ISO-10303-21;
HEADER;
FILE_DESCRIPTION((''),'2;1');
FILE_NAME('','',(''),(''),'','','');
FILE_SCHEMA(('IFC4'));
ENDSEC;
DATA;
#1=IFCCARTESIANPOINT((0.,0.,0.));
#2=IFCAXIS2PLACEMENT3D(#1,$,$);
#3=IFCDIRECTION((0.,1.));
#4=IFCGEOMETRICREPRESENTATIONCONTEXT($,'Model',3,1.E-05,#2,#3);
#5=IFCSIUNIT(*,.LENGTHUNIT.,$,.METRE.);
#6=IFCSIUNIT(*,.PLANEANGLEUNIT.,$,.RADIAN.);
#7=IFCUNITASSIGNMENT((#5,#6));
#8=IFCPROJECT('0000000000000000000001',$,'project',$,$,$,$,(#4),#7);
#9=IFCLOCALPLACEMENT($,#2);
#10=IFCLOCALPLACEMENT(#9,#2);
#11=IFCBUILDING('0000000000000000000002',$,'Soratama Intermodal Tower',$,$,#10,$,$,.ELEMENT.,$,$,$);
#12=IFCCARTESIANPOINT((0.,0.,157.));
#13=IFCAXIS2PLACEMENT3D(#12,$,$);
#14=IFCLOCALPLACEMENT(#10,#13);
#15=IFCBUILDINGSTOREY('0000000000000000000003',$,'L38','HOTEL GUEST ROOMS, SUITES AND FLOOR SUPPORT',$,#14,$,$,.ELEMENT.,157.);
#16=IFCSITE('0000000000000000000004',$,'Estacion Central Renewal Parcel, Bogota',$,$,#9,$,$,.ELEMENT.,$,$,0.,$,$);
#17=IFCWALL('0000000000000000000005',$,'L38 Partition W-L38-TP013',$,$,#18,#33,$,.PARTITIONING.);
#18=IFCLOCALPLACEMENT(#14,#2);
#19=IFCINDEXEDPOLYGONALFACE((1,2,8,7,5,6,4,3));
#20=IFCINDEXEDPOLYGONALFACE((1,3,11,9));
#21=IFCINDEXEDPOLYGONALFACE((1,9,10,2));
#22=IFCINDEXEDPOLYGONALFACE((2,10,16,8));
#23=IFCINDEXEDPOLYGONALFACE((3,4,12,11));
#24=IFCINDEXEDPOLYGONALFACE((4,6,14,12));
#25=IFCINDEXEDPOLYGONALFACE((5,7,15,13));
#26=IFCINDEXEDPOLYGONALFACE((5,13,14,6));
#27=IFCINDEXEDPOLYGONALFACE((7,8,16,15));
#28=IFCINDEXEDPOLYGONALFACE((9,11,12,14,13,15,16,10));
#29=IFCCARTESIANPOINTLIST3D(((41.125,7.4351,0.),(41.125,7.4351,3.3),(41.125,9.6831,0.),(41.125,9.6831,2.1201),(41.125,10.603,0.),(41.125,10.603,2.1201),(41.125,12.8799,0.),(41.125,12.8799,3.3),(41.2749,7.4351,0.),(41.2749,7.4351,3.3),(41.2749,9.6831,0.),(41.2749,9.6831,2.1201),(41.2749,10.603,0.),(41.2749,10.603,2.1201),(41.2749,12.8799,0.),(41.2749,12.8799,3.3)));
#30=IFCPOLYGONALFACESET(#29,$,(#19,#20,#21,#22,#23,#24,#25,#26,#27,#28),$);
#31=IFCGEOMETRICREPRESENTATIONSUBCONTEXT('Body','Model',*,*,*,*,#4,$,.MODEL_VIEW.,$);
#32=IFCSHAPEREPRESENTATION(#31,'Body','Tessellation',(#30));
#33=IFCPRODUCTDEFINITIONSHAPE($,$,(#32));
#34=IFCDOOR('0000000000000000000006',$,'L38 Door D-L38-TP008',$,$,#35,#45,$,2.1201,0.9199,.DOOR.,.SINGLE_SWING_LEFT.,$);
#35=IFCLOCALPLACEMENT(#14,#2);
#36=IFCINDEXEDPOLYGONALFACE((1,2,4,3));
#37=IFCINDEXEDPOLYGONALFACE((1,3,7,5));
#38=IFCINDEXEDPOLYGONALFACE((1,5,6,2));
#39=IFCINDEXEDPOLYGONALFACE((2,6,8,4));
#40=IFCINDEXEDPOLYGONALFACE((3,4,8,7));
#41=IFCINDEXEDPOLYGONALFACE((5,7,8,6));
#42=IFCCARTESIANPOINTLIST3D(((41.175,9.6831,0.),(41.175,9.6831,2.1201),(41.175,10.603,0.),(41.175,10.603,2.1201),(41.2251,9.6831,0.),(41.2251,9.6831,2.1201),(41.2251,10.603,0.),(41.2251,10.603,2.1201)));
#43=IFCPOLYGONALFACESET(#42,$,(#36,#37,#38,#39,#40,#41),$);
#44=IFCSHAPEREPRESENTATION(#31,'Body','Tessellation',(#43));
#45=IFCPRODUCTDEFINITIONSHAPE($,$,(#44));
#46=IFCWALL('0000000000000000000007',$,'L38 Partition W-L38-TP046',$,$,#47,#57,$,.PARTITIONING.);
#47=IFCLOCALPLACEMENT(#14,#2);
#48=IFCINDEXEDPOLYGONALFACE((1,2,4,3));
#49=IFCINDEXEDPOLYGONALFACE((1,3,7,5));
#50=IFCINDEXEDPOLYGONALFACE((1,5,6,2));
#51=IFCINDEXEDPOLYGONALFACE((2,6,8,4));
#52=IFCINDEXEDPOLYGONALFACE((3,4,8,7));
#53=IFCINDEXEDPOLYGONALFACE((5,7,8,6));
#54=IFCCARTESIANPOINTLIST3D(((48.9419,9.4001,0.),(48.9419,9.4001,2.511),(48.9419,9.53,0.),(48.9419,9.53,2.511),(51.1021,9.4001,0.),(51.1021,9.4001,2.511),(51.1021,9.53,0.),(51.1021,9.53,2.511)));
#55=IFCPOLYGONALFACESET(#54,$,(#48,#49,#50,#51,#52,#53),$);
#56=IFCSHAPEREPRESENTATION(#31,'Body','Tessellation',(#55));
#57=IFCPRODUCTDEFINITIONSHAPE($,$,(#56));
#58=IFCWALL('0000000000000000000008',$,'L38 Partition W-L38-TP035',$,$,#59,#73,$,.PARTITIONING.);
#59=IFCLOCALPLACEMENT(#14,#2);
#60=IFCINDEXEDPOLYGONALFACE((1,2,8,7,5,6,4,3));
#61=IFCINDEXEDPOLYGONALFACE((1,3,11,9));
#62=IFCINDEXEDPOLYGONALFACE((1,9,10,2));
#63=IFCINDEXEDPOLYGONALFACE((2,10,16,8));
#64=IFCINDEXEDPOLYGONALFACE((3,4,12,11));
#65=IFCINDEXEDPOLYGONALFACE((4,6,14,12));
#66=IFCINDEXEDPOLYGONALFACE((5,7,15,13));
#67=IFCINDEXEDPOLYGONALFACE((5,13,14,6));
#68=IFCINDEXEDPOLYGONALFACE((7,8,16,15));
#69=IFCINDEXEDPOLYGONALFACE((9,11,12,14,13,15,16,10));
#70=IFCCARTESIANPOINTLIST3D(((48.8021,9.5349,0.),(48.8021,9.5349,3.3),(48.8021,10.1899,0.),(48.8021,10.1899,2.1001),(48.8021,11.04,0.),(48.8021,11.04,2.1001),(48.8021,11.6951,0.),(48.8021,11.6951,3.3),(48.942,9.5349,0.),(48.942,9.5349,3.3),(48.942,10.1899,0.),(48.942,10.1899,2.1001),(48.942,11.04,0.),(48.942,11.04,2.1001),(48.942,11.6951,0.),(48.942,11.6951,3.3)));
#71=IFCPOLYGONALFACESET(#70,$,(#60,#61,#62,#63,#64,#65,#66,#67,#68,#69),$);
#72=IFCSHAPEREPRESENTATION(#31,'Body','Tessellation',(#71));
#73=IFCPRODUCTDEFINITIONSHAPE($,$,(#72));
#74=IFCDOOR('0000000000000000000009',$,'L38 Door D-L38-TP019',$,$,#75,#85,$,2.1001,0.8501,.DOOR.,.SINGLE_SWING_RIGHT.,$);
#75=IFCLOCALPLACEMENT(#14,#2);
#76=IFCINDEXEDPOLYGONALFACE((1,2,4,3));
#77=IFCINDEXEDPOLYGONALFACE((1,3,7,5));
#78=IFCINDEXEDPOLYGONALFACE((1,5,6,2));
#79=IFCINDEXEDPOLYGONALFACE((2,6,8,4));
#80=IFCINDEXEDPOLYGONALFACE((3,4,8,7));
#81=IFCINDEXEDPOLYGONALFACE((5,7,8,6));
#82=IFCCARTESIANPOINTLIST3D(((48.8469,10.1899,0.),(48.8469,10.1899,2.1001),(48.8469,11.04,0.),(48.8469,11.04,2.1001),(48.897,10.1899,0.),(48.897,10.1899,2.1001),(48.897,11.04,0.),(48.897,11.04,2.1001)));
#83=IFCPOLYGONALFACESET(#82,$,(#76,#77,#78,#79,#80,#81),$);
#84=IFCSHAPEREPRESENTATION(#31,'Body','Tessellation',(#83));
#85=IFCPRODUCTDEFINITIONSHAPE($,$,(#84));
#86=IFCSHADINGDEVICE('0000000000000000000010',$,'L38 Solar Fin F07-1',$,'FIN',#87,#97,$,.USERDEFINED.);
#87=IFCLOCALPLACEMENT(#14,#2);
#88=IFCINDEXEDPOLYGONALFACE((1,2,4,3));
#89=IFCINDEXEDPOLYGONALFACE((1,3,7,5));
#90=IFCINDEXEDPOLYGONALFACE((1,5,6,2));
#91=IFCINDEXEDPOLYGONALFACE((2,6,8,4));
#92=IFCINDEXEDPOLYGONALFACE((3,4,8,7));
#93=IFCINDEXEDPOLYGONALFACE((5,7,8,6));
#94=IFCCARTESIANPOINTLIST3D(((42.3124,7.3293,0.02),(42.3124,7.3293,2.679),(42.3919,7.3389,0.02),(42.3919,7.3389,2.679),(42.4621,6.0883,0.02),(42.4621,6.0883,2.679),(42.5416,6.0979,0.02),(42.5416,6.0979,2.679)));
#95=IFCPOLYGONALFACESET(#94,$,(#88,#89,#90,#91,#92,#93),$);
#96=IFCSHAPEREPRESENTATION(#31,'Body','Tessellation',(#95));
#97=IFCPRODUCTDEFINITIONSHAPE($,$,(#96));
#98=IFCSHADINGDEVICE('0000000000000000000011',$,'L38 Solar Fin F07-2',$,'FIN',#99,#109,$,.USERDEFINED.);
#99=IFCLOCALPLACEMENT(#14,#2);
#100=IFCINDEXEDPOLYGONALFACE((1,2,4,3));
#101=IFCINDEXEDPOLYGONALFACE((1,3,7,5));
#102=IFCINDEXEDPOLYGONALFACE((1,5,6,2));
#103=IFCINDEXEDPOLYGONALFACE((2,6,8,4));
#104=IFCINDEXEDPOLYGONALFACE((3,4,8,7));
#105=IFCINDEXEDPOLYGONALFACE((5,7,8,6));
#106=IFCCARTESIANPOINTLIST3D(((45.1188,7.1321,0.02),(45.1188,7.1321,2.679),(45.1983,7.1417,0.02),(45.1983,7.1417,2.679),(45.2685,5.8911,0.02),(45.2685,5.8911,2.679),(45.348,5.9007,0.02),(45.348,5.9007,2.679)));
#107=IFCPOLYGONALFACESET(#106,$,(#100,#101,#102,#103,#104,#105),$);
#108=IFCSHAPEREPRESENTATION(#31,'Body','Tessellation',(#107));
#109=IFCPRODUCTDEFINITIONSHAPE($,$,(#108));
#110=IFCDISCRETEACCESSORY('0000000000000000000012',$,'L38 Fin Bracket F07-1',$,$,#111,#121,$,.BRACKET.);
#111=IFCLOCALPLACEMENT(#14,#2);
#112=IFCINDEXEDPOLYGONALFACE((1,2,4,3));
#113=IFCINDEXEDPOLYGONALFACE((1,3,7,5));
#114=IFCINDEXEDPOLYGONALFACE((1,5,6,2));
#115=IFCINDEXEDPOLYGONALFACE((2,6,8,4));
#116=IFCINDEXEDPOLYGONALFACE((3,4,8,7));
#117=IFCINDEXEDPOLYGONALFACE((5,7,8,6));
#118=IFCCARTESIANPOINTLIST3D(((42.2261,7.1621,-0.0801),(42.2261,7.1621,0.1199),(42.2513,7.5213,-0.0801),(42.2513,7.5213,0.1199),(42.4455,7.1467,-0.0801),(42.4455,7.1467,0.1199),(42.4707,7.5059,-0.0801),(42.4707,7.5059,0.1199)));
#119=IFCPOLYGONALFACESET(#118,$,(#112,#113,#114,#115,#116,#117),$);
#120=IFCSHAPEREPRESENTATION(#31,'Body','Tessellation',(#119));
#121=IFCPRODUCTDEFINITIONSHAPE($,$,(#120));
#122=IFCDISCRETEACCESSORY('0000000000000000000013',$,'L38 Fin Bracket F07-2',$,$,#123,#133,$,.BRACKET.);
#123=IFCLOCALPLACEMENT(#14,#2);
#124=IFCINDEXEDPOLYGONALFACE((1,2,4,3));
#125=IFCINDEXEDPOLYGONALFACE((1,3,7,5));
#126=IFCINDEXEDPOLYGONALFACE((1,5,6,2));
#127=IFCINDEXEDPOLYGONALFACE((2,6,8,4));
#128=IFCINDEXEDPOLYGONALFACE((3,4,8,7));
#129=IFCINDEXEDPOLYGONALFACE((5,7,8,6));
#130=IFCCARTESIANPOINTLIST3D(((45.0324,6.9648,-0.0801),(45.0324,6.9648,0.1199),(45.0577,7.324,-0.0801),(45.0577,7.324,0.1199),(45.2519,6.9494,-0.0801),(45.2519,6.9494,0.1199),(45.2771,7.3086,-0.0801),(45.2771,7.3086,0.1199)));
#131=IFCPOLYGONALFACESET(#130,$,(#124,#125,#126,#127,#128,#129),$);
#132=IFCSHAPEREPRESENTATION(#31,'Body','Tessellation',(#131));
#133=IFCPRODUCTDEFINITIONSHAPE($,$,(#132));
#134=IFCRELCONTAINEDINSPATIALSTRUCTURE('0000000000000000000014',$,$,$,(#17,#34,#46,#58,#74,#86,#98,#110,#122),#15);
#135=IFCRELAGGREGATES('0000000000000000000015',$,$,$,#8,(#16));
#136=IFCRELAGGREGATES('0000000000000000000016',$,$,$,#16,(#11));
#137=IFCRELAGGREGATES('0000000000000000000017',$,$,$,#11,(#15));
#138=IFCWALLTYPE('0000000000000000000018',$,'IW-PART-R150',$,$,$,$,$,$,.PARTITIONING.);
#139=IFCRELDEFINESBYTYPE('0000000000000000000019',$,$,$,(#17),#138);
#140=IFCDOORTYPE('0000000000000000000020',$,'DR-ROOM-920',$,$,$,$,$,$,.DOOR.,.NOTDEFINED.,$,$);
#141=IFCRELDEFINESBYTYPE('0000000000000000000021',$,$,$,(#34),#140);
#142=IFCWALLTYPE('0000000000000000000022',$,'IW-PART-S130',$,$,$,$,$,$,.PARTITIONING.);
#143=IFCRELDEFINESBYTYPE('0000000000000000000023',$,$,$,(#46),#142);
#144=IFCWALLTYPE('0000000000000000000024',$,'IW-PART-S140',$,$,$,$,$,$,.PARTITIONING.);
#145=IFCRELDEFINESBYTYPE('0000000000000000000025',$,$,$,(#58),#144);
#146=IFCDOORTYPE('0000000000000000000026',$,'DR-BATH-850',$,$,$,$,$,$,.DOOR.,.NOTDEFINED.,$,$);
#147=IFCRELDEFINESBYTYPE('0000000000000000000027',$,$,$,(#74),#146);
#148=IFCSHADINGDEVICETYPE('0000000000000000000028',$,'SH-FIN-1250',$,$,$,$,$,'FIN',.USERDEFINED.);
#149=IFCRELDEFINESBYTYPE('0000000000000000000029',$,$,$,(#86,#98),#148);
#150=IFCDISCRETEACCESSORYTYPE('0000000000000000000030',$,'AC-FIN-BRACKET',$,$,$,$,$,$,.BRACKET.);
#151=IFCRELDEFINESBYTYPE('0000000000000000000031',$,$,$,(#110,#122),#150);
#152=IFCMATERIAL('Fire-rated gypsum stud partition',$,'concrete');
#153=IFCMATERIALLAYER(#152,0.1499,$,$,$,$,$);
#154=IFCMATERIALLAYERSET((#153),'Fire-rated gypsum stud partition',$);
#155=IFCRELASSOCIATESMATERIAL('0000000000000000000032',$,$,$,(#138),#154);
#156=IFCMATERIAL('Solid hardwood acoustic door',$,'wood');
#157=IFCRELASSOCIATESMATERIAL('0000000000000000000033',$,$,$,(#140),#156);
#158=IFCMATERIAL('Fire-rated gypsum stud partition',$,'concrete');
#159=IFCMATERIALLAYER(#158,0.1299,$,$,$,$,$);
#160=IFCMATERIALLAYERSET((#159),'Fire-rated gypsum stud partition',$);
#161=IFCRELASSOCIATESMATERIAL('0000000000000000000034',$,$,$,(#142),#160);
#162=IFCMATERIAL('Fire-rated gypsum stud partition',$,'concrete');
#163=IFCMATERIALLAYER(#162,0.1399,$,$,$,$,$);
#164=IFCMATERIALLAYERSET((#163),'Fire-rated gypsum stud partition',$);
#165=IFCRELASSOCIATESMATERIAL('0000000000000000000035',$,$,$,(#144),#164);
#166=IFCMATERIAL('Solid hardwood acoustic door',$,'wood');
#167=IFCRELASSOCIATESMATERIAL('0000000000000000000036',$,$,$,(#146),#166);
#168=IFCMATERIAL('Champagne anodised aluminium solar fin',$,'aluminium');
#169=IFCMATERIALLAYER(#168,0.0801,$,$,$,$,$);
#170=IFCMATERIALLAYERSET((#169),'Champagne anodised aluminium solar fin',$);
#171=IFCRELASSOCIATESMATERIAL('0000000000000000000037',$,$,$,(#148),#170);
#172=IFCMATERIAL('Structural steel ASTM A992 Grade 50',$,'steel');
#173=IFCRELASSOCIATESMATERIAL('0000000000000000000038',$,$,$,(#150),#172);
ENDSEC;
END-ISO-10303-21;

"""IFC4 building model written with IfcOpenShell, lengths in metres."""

from ifc_helpers import new_model, si_unit, direction, frame, frame_2d, origin, origin_2d, place, context, subcontext, project, spatial, rectangle, extrude, material, layer, layer_set, type_object, element, fill, save


model = new_model("IFC4")

# Units and contexts
model_context = context("Model", 3, precision=1e-05, world=origin(), true_north=direction((0.0, 1.0)))
body_context = subcontext(model_context, "Body", "Model", "MODEL_VIEW")
ifc_project = project(units=[si_unit("LENGTHUNIT", "METRE"), si_unit("PLANEANGLEUNIT", "RADIAN")], contexts=[model_context])

# Site, building, storey
site_placement = place(None, origin())
site = spatial("IfcSite", under=ifc_project, at=site_placement, Name="Estacion Central Renewal Parcel, Bogota", CompositionType="ELEMENT", RefElevation=0.0)
building_placement = place(site_placement, origin())
building = spatial("IfcBuilding", under=site, at=building_placement, Name="Soratama Intermodal Tower", CompositionType="ELEMENT")
storey_placement = place(building_placement, frame((0.0, 0.0, 157.0)))
storey = spatial("IfcBuildingStorey", under=building, at=storey_placement, Name="L38", Description="HOTEL GUEST ROOMS, SUITES AND FLOOR SUPPORT", CompositionType="ELEMENT", Elevation=157.0)

# Wall, opening, door
ifc_material_1 = material(Name="Fire-rated gypsum stud partition", Category="concrete")
ifc_layer_1 = layer(ifc_material_1, 0.1499)
ifc_layer_set_1 = layer_set([ifc_layer_1], Name="Fire-rated gypsum stud partition")
wall_type_1 = type_object("IfcWallType", Name="IW-PART-R150", PredefinedType="PARTITIONING", material=ifc_layer_set_1)
ifc_material_2 = material(Name="Solid hardwood acoustic door", Category="wood")
door_type_1 = type_object("IfcDoorType", Name="DR-ROOM-920", OperationType="NOTDEFINED", PredefinedType="DOOR", material=ifc_material_2)
wall_1_placement = place(storey_placement, frame((41.2, 7.4351, 0.0), z_axis=(0.0, 0.0, 1.0), x_axis=(0.0, 1.0, 0.0)))
wall_1 = element("IfcWall", 1, at=wall_1_placement, inside=storey, type_object=wall_type_1, Name="L38 Partition W-L38-TP013", PredefinedType="PARTITIONING", context=body_context, shape_type="SweptSolid", body=[
    extrude(rectangle(XDim=5.4448, YDim=0.1499, at=frame_2d((2.7224, 0.0))), origin(), (0.0, 0.0, 1.0), 3.3),
])
opening_1_placement = place(wall_1_placement, frame((2.248, 0.0, 0.0)))
opening_1 = element("IfcOpeningElement", 2, at=opening_1_placement, cuts=wall_1, PredefinedType="OPENING", context=body_context, shape_type="SweptSolid", body=[
    extrude(rectangle(XDim=0.9199, YDim=2.1201, at=frame_2d((0.46, 1.0601))), frame((0.0, 0.085, 0.0), z_axis=(0.0, -1.0, 0.0), x_axis=(1.0, 0.0, 0.0)), (0.0, 0.0, 1.0), 0.1699),
])
door_1_placement = place(opening_1_placement, origin())
door_1 = element("IfcDoor", 3, at=door_1_placement, inside=storey, type_object=door_type_1, Name="L38 Door D-L38-TP008", OperationType="SINGLE_SWING_LEFT", OverallHeight=2.1201, OverallWidth=0.9199, PredefinedType="DOOR", context=body_context, shape_type="SweptSolid", body=[
    extrude(rectangle(XDim=0.9199, YDim=2.1201, at=frame_2d((0.46, 1.0601))), frame((0.0, 0.0249, 0.0), z_axis=(0.0, -1.0, 0.0), x_axis=(1.0, 0.0, 0.0)), (0.0, 0.0, 1.0), 0.05),
])
fill(opening_1, door_1)

# Wall
ifc_material_3 = material(Name="Fire-rated gypsum stud partition", Category="concrete")
ifc_layer_2 = layer(ifc_material_3, 0.1299)
ifc_layer_set_2 = layer_set([ifc_layer_2], Name="Fire-rated gypsum stud partition")
wall_type_2 = type_object("IfcWallType", Name="IW-PART-S130", PredefinedType="PARTITIONING", material=ifc_layer_set_2)
wall_2_placement = place(storey_placement, frame((48.9419, 9.4651, 0.0), z_axis=(0.0, 0.0, 1.0), x_axis=(1.0, 0.0, 0.0)))
element("IfcWall", 4, at=wall_2_placement, inside=storey, type_object=wall_type_2, Name="L38 Partition W-L38-TP046", PredefinedType="PARTITIONING", context=body_context, shape_type="SweptSolid", body=[
    extrude(rectangle(XDim=2.1602, YDim=0.1299, at=frame_2d((1.0801, 0.0))), origin(), (0.0, 0.0, 1.0), 2.511),
])

# Wall, opening, door
ifc_material_4 = material(Name="Fire-rated gypsum stud partition", Category="concrete")
ifc_layer_3 = layer(ifc_material_4, 0.1399)
ifc_layer_set_3 = layer_set([ifc_layer_3], Name="Fire-rated gypsum stud partition")
wall_type_3 = type_object("IfcWallType", Name="IW-PART-S140", PredefinedType="PARTITIONING", material=ifc_layer_set_3)
wall_3_placement = place(storey_placement, frame((48.8721, 11.6951, 0.0), z_axis=(0.0, 0.0, 1.0), x_axis=(0.0, -1.0, 0.0)))
wall_3 = element("IfcWall", 5, at=wall_3_placement, inside=storey, type_object=wall_type_3, Name="L38 Partition W-L38-TP035", PredefinedType="PARTITIONING", context=body_context, shape_type="SweptSolid", body=[
    extrude(rectangle(XDim=2.1602, YDim=0.1399, at=frame_2d((1.0801, 0.0))), origin(), (0.0, 0.0, 1.0), 3.3),
])
opening_2_placement = place(wall_3_placement, frame((0.655, 0.0, 0.0)))
opening_2 = element("IfcOpeningElement", 6, at=opening_2_placement, cuts=wall_3, PredefinedType="OPENING", context=body_context, shape_type="SweptSolid", body=[
    extrude(rectangle(XDim=0.8501, YDim=2.1001, at=frame_2d((0.425, 1.05))), frame((0.0, 0.0798, 0.0), z_axis=(0.0, -1.0, 0.0), x_axis=(1.0, 0.0, 0.0)), (0.0, 0.0, 1.0), 0.1599),
])
ifc_material_5 = material(Name="Solid hardwood acoustic door", Category="wood")
door_type_2 = type_object("IfcDoorType", Name="DR-BATH-850", OperationType="NOTDEFINED", PredefinedType="DOOR", material=ifc_material_5)
door_2_placement = place(opening_2_placement, origin())
door_2 = element("IfcDoor", 7, at=door_2_placement, inside=storey, type_object=door_type_2, Name="L38 Door D-L38-TP019", OperationType="SINGLE_SWING_RIGHT", OverallHeight=2.1001, OverallWidth=0.8501, PredefinedType="DOOR", context=body_context, shape_type="SweptSolid", body=[
    extrude(rectangle(XDim=0.8501, YDim=2.1001, at=frame_2d((0.425, 1.05))), frame((0.0, 0.0249, 0.0), z_axis=(0.0, -1.0, 0.0), x_axis=(1.0, 0.0, 0.0)), (0.0, 0.0, 1.0), 0.05),
])
fill(opening_2, door_2)

# Shading devices
ifc_material_6 = material(Name="Champagne anodised aluminium solar fin", Category="aluminium")
ifc_layer_4 = layer(ifc_material_6, 0.0801)
ifc_layer_set_4 = layer_set([ifc_layer_4], Name="Champagne anodised aluminium solar fin")
shading_device_type = type_object("IfcShadingDeviceType", Name="SH-FIN-1250", ElementType="FIN", PredefinedType="USERDEFINED", material=ifc_layer_set_4)
for number, where, z_axis, x_axis, name in (
    (8, (42.427, 6.7136, 0.02), (0.0, 0.0, 1.0), (0.11979, -0.992799, 0.0), "L38 Solar Fin F07-1"),
    (9, (45.2334, 6.5164, 0.02), (0.0, 0.0, 1.0), (0.11979, -0.992799, 0.0), "L38 Solar Fin F07-2"),
):
    element("IfcShadingDevice", number, at=place(storey_placement, frame(where, z_axis=z_axis, x_axis=x_axis)), inside=storey, type_object=shading_device_type, Name=name, ObjectType="FIN", PredefinedType="USERDEFINED", context=body_context, shape_type="SweptSolid", body=[
        extrude(rectangle(XDim=1.25, YDim=0.0801, at=origin_2d()), origin(), (0.0, 0.0, 1.0), 2.6589),
    ])

# Discrete accessories
ifc_material_7 = material(Name="Structural steel ASTM A992 Grade 50", Category="steel")
discrete_accessory_type = type_object("IfcDiscreteAccessoryType", Name="AC-FIN-BRACKET", PredefinedType="BRACKET", material=ifc_material_7)
for number, where, z_axis, x_axis, name in (
    (10, (42.3484, 7.334, -0.0801), (0.0, 0.0, 1.0), (-0.070105, -0.99754, 0.0), "L38 Fin Bracket F07-1"),
    (11, (45.1548, 7.1367, -0.0801), (0.0, 0.0, 1.0), (-0.070105, -0.99754, 0.0), "L38 Fin Bracket F07-2"),
):
    element("IfcDiscreteAccessory", number, at=place(storey_placement, frame(where, z_axis=z_axis, x_axis=x_axis)), inside=storey, type_object=discrete_accessory_type, Name=name, PredefinedType="BRACKET", context=body_context, shape_type="SweptSolid", body=[
        extrude(rectangle(XDim=0.3601, YDim=0.22, at=origin_2d()), origin(), (0.0, 0.0, 1.0), 0.2),
    ])

save(model, "model.ifc")
